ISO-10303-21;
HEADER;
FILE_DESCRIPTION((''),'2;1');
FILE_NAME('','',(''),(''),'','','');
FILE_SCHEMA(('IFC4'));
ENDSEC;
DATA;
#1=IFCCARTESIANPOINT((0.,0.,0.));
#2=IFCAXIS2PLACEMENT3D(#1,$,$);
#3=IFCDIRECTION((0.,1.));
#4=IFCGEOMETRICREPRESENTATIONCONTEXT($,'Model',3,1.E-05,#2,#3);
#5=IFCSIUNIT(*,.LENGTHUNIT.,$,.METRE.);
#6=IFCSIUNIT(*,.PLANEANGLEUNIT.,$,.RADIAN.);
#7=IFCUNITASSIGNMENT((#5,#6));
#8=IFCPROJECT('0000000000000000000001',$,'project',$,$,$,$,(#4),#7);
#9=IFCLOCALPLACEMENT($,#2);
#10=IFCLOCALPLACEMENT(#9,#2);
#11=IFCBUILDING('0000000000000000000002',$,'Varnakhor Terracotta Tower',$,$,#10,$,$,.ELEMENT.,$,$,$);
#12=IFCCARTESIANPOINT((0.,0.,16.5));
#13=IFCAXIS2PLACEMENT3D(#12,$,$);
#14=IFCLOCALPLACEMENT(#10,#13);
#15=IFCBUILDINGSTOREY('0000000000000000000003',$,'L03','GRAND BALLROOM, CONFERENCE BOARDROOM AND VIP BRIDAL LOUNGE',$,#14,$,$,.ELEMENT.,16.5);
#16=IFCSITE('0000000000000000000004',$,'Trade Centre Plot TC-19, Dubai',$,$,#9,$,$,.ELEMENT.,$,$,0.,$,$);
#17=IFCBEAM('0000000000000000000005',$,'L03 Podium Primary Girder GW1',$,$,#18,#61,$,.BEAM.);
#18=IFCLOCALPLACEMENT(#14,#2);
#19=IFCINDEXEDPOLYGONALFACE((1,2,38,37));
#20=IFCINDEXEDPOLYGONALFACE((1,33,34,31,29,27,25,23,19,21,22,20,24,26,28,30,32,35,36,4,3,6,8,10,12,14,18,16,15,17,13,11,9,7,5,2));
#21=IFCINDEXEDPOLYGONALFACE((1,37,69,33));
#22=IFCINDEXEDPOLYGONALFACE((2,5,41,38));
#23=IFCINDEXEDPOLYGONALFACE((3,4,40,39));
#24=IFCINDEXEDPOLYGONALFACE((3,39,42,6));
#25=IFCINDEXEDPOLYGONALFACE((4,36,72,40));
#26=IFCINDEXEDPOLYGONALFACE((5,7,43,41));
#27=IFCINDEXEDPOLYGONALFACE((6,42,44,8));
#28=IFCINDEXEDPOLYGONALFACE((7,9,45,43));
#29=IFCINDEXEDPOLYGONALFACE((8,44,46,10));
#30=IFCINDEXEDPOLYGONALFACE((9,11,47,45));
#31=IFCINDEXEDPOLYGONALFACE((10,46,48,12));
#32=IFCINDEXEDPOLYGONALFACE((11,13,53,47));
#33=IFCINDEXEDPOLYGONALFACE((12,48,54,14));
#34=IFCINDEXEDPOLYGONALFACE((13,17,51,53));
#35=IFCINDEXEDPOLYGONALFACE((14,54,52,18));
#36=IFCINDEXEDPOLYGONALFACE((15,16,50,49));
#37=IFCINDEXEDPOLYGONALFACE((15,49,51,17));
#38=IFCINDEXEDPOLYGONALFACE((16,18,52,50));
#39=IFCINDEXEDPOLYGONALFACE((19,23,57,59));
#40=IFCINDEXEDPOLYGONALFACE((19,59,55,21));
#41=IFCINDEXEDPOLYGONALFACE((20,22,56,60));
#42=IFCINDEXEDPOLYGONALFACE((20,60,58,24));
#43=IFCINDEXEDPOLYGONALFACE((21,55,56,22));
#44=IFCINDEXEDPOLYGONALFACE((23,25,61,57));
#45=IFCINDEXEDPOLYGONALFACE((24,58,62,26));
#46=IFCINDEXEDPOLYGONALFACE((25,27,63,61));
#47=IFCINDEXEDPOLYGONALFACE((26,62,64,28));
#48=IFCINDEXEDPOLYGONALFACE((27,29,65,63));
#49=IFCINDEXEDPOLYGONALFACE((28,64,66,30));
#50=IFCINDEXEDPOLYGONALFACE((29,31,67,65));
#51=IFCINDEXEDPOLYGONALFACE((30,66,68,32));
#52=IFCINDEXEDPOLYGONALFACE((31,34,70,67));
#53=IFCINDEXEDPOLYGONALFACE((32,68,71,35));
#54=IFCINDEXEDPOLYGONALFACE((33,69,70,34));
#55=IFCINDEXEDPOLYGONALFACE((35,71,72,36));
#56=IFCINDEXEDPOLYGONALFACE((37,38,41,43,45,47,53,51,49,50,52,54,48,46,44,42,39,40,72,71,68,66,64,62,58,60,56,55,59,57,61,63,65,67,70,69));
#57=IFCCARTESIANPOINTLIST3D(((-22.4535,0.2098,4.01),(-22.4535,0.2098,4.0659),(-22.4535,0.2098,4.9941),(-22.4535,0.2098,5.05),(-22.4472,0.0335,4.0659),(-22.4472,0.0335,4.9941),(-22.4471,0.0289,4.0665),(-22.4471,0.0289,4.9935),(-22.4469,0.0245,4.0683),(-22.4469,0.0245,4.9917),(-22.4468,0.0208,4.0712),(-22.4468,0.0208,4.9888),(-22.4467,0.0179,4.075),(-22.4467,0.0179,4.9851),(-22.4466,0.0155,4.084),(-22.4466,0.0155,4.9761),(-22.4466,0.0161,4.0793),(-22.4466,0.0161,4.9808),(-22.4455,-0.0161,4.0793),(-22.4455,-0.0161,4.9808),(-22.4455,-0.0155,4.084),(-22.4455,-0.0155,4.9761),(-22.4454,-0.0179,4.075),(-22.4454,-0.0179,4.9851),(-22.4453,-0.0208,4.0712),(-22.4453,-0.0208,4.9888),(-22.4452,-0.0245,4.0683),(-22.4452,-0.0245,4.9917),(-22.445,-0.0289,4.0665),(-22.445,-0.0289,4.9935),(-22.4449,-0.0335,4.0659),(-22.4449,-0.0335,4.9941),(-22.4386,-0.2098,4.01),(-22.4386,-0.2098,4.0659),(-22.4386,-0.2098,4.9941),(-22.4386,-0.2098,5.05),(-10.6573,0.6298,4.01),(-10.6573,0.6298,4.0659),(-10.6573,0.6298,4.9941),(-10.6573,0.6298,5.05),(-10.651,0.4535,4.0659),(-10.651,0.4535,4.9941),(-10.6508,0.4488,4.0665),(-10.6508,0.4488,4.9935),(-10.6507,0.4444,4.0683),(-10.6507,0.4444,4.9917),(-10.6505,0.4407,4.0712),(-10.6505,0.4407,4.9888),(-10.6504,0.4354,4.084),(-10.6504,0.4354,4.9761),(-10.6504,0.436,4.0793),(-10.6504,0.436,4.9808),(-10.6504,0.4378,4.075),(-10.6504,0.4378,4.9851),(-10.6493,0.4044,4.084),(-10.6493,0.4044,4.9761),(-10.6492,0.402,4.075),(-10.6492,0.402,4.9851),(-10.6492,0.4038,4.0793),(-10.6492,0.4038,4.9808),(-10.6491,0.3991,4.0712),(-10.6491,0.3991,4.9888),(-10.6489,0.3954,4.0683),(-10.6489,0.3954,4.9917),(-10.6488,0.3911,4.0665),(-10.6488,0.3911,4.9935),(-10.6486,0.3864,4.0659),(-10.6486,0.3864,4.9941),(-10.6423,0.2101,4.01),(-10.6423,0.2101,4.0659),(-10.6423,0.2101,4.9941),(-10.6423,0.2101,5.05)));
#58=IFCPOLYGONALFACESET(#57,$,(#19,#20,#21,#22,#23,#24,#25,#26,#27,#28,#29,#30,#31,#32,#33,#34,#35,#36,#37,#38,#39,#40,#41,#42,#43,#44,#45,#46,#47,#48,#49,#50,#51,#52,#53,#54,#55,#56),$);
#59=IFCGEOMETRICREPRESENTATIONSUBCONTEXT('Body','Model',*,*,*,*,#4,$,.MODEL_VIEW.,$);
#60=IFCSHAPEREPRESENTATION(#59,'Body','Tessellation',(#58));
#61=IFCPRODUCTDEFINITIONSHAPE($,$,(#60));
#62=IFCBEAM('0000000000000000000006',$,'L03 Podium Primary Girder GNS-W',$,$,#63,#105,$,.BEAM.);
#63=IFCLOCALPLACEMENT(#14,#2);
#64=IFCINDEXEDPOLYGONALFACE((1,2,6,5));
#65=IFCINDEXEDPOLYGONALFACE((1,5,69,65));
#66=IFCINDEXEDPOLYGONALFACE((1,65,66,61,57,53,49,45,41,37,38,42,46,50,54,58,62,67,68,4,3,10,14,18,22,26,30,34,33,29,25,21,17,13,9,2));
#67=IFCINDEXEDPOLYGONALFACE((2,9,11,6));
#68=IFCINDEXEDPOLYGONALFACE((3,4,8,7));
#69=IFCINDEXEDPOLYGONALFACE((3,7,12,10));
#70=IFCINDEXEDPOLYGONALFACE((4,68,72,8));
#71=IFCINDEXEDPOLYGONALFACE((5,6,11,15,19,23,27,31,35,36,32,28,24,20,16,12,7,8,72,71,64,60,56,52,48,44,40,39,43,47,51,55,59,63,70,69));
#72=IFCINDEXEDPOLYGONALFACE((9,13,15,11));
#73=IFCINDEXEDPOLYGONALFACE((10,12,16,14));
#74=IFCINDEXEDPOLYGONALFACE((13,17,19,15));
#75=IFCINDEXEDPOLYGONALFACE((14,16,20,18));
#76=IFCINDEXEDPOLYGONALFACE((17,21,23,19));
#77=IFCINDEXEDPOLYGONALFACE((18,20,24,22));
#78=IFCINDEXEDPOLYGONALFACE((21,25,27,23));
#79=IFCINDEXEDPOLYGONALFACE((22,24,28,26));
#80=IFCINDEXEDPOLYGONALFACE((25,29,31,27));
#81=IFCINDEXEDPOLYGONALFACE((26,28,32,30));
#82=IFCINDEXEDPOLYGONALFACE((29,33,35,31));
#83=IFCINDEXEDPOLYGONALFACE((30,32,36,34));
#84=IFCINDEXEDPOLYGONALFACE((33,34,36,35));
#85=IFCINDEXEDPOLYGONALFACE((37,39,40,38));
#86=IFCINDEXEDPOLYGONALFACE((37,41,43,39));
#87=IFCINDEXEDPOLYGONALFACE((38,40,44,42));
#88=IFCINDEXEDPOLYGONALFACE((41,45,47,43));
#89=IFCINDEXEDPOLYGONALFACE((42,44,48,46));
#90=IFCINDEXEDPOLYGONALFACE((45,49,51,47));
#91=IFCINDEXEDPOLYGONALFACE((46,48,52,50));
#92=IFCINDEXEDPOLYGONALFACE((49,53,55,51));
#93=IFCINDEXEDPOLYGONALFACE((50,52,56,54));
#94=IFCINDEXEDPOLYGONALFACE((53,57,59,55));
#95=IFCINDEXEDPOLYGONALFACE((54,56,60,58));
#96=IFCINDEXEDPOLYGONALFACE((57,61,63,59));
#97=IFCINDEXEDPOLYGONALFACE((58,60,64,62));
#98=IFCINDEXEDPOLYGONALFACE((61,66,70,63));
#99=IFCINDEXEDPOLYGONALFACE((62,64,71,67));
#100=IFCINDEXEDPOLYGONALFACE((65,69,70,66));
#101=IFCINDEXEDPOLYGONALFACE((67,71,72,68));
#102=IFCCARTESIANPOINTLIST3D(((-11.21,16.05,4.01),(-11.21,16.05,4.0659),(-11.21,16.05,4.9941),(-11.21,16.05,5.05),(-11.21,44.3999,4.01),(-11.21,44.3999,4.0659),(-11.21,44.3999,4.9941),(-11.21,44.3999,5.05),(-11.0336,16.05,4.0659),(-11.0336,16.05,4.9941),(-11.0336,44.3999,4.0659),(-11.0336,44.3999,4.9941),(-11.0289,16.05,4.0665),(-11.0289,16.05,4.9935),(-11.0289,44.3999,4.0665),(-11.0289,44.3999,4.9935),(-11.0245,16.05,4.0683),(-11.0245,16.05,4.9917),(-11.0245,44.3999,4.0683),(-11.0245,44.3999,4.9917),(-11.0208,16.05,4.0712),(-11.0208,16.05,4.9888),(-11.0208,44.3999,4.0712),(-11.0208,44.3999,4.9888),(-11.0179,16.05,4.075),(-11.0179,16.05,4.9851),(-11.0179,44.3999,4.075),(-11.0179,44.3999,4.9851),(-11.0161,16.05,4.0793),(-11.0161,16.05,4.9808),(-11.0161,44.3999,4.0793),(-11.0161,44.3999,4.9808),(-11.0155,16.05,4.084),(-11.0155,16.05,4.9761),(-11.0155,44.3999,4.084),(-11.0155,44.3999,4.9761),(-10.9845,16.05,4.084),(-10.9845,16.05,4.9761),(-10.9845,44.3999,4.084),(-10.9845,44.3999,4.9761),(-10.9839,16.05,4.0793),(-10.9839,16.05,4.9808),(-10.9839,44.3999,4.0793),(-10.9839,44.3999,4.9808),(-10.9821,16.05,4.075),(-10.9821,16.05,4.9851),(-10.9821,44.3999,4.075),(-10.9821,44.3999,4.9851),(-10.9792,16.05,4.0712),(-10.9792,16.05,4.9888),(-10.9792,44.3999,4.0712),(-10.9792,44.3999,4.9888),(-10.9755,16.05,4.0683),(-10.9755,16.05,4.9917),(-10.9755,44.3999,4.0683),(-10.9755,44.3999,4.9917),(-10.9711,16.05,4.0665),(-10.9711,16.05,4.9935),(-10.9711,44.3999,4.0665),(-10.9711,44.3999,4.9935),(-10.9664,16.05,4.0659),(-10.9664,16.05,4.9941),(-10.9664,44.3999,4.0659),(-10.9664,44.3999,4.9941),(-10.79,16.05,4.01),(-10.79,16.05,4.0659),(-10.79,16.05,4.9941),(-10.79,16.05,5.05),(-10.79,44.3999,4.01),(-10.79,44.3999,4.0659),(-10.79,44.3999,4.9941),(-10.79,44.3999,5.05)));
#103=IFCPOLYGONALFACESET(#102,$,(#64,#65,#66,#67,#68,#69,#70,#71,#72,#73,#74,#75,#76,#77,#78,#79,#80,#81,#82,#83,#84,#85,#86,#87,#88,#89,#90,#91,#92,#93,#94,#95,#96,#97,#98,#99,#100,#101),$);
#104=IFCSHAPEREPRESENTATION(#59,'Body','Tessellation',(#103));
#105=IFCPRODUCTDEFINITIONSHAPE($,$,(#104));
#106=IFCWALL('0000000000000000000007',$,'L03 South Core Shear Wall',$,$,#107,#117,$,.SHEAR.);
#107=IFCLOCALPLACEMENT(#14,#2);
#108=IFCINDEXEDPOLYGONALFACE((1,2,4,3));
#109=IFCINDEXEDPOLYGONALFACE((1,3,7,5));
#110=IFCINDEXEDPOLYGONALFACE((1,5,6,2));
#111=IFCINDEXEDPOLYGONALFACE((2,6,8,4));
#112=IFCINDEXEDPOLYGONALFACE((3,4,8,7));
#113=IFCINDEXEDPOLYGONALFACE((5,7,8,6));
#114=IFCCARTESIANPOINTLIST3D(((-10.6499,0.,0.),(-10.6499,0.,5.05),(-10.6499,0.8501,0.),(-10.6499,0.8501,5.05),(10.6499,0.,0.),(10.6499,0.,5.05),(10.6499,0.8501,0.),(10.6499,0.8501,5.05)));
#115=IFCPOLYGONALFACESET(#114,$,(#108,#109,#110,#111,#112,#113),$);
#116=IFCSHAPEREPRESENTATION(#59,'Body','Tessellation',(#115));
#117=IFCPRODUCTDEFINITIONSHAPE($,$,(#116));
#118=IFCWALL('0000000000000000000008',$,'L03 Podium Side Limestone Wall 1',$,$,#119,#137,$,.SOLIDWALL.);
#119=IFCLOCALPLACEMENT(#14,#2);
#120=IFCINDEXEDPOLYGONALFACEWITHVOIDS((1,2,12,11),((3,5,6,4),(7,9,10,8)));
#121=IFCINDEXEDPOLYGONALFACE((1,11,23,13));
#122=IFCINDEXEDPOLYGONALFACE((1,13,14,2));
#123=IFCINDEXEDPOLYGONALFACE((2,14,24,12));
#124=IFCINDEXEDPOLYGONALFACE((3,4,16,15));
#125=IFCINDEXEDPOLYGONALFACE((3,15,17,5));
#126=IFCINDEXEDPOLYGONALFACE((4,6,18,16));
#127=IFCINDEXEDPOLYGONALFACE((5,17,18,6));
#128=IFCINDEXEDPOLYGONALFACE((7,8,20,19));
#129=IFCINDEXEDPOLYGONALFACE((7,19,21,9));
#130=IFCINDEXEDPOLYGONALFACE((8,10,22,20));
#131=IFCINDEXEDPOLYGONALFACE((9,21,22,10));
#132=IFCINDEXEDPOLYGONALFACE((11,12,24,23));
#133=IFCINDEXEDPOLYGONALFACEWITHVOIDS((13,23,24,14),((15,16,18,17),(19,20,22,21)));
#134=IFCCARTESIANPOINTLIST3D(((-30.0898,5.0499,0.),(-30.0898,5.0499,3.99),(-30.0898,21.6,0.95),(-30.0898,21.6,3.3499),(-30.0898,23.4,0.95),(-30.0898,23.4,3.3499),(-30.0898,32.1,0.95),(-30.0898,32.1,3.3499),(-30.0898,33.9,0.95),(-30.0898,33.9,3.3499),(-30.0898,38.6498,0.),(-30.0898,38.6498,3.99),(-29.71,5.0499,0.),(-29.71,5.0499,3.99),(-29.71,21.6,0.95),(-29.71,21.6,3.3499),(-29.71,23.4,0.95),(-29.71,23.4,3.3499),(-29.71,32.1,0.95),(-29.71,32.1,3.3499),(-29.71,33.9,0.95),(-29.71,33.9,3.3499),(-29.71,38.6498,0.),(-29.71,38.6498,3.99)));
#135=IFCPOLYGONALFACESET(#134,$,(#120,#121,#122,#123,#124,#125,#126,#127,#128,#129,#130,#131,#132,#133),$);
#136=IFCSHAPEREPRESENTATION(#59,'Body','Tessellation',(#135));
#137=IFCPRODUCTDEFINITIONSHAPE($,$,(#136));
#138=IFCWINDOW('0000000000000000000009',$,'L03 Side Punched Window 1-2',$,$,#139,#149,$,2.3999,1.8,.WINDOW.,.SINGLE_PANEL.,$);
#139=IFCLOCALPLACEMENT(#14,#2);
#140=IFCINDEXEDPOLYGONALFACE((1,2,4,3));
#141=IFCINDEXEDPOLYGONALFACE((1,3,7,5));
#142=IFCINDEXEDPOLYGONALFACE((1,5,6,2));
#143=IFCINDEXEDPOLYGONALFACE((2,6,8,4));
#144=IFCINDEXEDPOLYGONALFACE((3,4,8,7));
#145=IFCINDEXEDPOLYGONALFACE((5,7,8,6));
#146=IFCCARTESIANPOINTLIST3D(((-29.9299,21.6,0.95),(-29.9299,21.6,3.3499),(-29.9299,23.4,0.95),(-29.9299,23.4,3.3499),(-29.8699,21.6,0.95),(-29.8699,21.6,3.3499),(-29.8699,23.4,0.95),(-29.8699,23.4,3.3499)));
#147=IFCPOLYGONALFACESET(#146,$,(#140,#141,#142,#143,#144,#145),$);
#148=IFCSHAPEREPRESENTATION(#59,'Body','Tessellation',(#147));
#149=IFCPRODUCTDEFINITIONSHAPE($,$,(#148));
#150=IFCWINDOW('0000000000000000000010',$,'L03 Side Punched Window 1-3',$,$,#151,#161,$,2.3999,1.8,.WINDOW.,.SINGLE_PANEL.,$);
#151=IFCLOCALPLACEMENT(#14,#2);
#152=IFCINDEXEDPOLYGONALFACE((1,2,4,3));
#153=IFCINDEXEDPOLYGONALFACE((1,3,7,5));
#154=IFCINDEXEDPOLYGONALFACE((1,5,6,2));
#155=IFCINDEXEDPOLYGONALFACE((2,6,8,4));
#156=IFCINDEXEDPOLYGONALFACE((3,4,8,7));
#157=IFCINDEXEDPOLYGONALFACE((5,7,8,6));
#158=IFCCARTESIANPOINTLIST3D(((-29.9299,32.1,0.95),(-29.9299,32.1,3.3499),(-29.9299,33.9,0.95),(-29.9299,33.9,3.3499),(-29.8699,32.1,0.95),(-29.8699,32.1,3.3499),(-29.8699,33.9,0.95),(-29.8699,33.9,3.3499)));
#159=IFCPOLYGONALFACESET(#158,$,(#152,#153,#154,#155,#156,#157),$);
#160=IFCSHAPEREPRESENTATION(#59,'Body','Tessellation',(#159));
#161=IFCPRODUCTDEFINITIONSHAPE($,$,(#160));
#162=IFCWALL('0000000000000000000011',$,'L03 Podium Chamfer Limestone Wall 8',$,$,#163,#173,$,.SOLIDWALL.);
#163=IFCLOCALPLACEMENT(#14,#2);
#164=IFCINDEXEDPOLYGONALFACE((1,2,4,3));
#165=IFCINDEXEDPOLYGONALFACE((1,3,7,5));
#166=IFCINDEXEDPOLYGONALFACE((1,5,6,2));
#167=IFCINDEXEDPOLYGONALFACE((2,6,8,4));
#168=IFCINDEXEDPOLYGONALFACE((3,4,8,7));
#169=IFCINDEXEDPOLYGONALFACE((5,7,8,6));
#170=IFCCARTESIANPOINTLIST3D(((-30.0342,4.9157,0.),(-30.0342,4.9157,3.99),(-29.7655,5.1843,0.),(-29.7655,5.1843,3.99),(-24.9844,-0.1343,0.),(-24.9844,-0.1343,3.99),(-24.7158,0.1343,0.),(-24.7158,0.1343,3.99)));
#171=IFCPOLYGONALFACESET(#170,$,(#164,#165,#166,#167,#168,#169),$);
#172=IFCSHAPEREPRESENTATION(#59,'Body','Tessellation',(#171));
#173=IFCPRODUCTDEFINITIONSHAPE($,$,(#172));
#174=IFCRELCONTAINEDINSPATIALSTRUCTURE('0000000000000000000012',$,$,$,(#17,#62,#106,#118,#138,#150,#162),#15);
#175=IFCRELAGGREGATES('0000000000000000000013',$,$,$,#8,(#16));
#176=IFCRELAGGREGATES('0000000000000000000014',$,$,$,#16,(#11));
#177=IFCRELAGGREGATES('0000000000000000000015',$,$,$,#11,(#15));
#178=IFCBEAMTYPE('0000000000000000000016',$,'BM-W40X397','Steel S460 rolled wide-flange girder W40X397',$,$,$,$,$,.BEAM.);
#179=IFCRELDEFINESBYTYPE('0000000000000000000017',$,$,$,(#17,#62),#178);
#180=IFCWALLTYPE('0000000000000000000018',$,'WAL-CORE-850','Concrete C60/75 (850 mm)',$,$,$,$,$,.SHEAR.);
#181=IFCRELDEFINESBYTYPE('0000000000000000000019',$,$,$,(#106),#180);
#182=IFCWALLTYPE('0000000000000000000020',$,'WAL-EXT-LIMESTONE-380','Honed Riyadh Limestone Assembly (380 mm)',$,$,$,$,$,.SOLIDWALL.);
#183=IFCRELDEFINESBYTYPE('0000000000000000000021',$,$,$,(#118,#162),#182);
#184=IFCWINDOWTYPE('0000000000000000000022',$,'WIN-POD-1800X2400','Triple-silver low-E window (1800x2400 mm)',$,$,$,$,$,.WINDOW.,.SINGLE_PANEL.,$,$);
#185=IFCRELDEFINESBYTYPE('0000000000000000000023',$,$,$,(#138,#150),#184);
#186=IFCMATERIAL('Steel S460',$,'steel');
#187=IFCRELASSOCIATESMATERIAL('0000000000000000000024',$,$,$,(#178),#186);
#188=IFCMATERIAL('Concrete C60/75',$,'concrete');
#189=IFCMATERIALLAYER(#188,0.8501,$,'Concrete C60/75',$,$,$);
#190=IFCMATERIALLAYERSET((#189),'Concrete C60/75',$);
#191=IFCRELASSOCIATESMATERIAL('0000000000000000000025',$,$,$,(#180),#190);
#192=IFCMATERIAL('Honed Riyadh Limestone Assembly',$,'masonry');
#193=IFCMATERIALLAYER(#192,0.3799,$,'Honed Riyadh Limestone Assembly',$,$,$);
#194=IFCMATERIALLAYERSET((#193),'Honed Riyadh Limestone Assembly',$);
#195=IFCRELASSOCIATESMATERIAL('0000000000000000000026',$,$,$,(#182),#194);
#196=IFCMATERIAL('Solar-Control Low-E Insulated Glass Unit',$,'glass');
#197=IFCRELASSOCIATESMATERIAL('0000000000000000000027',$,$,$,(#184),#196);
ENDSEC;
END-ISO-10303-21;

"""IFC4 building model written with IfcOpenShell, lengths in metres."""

from ifc_helpers import new_model, si_unit, direction, frame, frame_2d, origin, origin_2d, place, context, subcontext, project, spatial, rectangle, i_section, extrude, source, transform, mapped, material, layer, layer_set, material_profile, profile_set, type_object, type_shapes, element, fill, save


model = new_model("IFC4")

# Units and contexts
model_context = context("Model", 3, precision=1e-05, world=origin(), true_north=direction((0.0, 1.0)))
body_context = subcontext(model_context, "Body", "Model", "MODEL_VIEW")
ifc_project = project(units=[si_unit("LENGTHUNIT", "METRE"), si_unit("PLANEANGLEUNIT", "RADIAN")], contexts=[model_context])

# Site, building, storey
site_placement = place(None, origin())
site = spatial("IfcSite", under=ifc_project, at=site_placement, Name="Trade Centre Plot TC-19, Dubai", CompositionType="ELEMENT", RefElevation=0.0)
building_placement = place(site_placement, origin())
building = spatial("IfcBuilding", under=site, at=building_placement, Name="Varnakhor Terracotta Tower", CompositionType="ELEMENT")
storey_placement = place(building_placement, frame((0.0, 0.0, 16.5)))
storey = spatial("IfcBuildingStorey", under=building, at=storey_placement, Name="L03", Description="GRAND BALLROOM, CONFERENCE BOARDROOM AND VIP BRIDAL LOUNGE", CompositionType="ELEMENT", Elevation=16.5)

# Shared definitions
ifc_material_1 = material(Name="Steel S460", Category="steel")
ifc_material_2 = material(Name="Concrete C60/75", Category="concrete")

# Beams
ifc_material_profile_1 = material_profile(ifc_material_1, i_section(OverallWidth=0.4199, OverallDepth=1.04, WebThickness=0.031, FlangeThickness=0.0559, FilletRadius=0.0181, at=origin_2d()), Name="W40X397")
ifc_profile_set_1 = profile_set([ifc_material_profile_1], Name="Steel S460")
beam_type_1 = type_object("IfcBeamType", Name="BM-W40X397", Description="Steel S460 rolled wide-flange girder W40X397", PredefinedType="BEAM", material=ifc_profile_set_1)
shared_shape_1 = source(origin(), body_context, "Body", "SweptSolid", [
    extrude(i_section(OverallWidth=0.4199, OverallDepth=1.04, WebThickness=0.031, FlangeThickness=0.0559, FilletRadius=0.0181, at=origin_2d()), origin(), (0.0, 0.0, 1.0), 11.8037),
])
type_shapes(beam_type_1, [shared_shape_1])
beam_1_placement = place(storey_placement, frame((-22.446, 0.0, 4.53), z_axis=(0.999367, 0.035576, 0.0), x_axis=(-0.035576, 0.999367, 0.0)))
element("IfcBeam", 1, at=beam_1_placement, inside=storey, type_object=beam_type_1, Name="L03 Podium Primary Girder GW1", PredefinedType="BEAM", context=body_context, shape_type="MappedRepresentation", body=[
    mapped(shared_shape_1, transform((0.0, 0.0, 0.0), scale=1.0)),
])
shared_shape_2 = source(origin(), body_context, "Body", "SweptSolid", [
    extrude(i_section(OverallWidth=0.4199, OverallDepth=1.04, WebThickness=0.031, FlangeThickness=0.0559, FilletRadius=0.0181, at=origin_2d()), origin(), (0.0, 0.0, 1.0), 28.3499),
])
beam_2_placement = place(storey_placement, frame((-11.0, 16.05, 4.53), z_axis=(0.0, 1.0, 0.0), x_axis=(-1.0, 0.0, 0.0)))
element("IfcBeam", 2, at=beam_2_placement, inside=storey, type_object=beam_type_1, Name="L03 Podium Primary Girder GNS-W", PredefinedType="BEAM", context=body_context, shape_type="MappedRepresentation", body=[
    mapped(shared_shape_2, transform((0.0, 0.0, 0.0), scale=1.0)),
])

# Wall
ifc_layer_1 = layer(ifc_material_2, 0.8501, Name="Concrete C60/75")
ifc_layer_set_1 = layer_set([ifc_layer_1], Name="Concrete C60/75")
wall_type_1 = type_object("IfcWallType", Name="WAL-CORE-850", Description="Concrete C60/75 (850 mm)", PredefinedType="SHEAR", material=ifc_layer_set_1)
wall_1_placement = place(storey_placement, frame((-10.6499, 0.425, 0.0), z_axis=(0.0, 0.0, 1.0), x_axis=(1.0, 0.0, 0.0)))
element("IfcWall", 3, at=wall_1_placement, inside=storey, type_object=wall_type_1, Name="L03 South Core Shear Wall", PredefinedType="SHEAR", context=body_context, shape_type="SweptSolid", body=[
    extrude(rectangle(XDim=21.2998, YDim=0.8501, at=frame_2d((10.6499, 0.0))), origin(), (0.0, 0.0, 1.0), 5.05),
])

# Wall, openings, windows
ifc_material_3 = material(Name="Honed Riyadh Limestone Assembly", Category="masonry")
ifc_layer_2 = layer(ifc_material_3, 0.3799, Name="Honed Riyadh Limestone Assembly")
ifc_layer_set_2 = layer_set([ifc_layer_2], Name="Honed Riyadh Limestone Assembly")
wall_type_2 = type_object("IfcWallType", Name="WAL-EXT-LIMESTONE-380", Description="Honed Riyadh Limestone Assembly (380 mm)", PredefinedType="SOLIDWALL", material=ifc_layer_set_2)
wall_2_placement = place(storey_placement, frame((-29.8999, 5.05, 0.0), z_axis=(0.0, 0.0, 1.0), x_axis=(0.0, 1.0, 0.0)))
wall_2 = element("IfcWall", 4, at=wall_2_placement, inside=storey, type_object=wall_type_2, Name="L03 Podium Side Limestone Wall 1", PredefinedType="SOLIDWALL", context=body_context, shape_type="SweptSolid", body=[
    extrude(rectangle(XDim=33.5999, YDim=0.3799, at=frame_2d((16.7998, 0.0))), origin(), (0.0, 0.0, 1.0), 3.99),
])
opening_1_placement = place(wall_2_placement, frame((16.55, 0.0, 0.95)))
opening_1 = element("IfcOpeningElement", 5, at=opening_1_placement, cuts=wall_2, PredefinedType="OPENING", context=body_context, shape_type="SweptSolid", body=[
    extrude(rectangle(XDim=1.8, YDim=2.3999, at=frame_2d((0.8999, 1.2))), frame((0.0, 0.2, 0.0), z_axis=(0.0, -1.0, 0.0), x_axis=(1.0, 0.0, 0.0)), (0.0, 0.0, 1.0), 0.3999),
])
opening_2_placement = place(wall_2_placement, frame((27.05, 0.0, 0.95)))
opening_2 = element("IfcOpeningElement", 6, at=opening_2_placement, cuts=wall_2, PredefinedType="OPENING", context=body_context, shape_type="SweptSolid", body=[
    extrude(rectangle(XDim=1.8, YDim=2.3999, at=frame_2d((0.8999, 1.2))), frame((0.0, 0.2, 0.0), z_axis=(0.0, -1.0, 0.0), x_axis=(1.0, 0.0, 0.0)), (0.0, 0.0, 1.0), 0.3999),
])
ifc_material_4 = material(Name="Solar-Control Low-E Insulated Glass Unit", Category="glass")
window_type = type_object("IfcWindowType", Name="WIN-POD-1800X2400", Description="Triple-silver low-E window (1800x2400 mm)", PartitioningType="SINGLE_PANEL", PredefinedType="WINDOW", material=ifc_material_4)
shared_shape_3 = source(origin(), body_context, "Body", "SweptSolid", [
    extrude(rectangle(XDim=1.8, YDim=2.3999, at=frame_2d((0.8999, 1.2))), frame((0.0, 0.03, 0.0), z_axis=(0.0, -1.0, 0.0), x_axis=(1.0, 0.0, 0.0)), (0.0, 0.0, 1.0), 0.0601),
])
type_shapes(window_type, [shared_shape_3])
window_1_placement = place(opening_1_placement, origin())
window_1 = element("IfcWindow", 7, at=window_1_placement, inside=storey, type_object=window_type, Name="L03 Side Punched Window 1-2", OverallHeight=2.3999, OverallWidth=1.8, PartitioningType="SINGLE_PANEL", PredefinedType="WINDOW", context=body_context, shape_type="MappedRepresentation", body=[
    mapped(shared_shape_3, transform((0.0, 0.0, 0.0), scale=1.0)),
])
fill(opening_1, window_1)
window_2_placement = place(opening_2_placement, origin())
window_2 = element("IfcWindow", 8, at=window_2_placement, inside=storey, type_object=window_type, Name="L03 Side Punched Window 1-3", OverallHeight=2.3999, OverallWidth=1.8, PartitioningType="SINGLE_PANEL", PredefinedType="WINDOW", context=body_context, shape_type="MappedRepresentation", body=[
    mapped(shared_shape_3, transform((0.0, 0.0, 0.0), scale=1.0)),
])
fill(opening_2, window_2)

# Wall
wall_3_placement = place(storey_placement, frame((-24.8501, 0.0, 0.0), z_axis=(0.0, 0.0, 1.0), x_axis=(-0.70709, 0.707124, 0.0)))
element("IfcWall", 9, at=wall_3_placement, inside=storey, type_object=wall_type_2, Name="L03 Podium Chamfer Limestone Wall 8", PredefinedType="SOLIDWALL", context=body_context, shape_type="SweptSolid", body=[
    extrude(rectangle(XDim=7.1416, YDim=0.3799, at=frame_2d((3.5708, 0.0))), origin(), (0.0, 0.0, 1.0), 3.99),
])

save(model, "model.ifc")
